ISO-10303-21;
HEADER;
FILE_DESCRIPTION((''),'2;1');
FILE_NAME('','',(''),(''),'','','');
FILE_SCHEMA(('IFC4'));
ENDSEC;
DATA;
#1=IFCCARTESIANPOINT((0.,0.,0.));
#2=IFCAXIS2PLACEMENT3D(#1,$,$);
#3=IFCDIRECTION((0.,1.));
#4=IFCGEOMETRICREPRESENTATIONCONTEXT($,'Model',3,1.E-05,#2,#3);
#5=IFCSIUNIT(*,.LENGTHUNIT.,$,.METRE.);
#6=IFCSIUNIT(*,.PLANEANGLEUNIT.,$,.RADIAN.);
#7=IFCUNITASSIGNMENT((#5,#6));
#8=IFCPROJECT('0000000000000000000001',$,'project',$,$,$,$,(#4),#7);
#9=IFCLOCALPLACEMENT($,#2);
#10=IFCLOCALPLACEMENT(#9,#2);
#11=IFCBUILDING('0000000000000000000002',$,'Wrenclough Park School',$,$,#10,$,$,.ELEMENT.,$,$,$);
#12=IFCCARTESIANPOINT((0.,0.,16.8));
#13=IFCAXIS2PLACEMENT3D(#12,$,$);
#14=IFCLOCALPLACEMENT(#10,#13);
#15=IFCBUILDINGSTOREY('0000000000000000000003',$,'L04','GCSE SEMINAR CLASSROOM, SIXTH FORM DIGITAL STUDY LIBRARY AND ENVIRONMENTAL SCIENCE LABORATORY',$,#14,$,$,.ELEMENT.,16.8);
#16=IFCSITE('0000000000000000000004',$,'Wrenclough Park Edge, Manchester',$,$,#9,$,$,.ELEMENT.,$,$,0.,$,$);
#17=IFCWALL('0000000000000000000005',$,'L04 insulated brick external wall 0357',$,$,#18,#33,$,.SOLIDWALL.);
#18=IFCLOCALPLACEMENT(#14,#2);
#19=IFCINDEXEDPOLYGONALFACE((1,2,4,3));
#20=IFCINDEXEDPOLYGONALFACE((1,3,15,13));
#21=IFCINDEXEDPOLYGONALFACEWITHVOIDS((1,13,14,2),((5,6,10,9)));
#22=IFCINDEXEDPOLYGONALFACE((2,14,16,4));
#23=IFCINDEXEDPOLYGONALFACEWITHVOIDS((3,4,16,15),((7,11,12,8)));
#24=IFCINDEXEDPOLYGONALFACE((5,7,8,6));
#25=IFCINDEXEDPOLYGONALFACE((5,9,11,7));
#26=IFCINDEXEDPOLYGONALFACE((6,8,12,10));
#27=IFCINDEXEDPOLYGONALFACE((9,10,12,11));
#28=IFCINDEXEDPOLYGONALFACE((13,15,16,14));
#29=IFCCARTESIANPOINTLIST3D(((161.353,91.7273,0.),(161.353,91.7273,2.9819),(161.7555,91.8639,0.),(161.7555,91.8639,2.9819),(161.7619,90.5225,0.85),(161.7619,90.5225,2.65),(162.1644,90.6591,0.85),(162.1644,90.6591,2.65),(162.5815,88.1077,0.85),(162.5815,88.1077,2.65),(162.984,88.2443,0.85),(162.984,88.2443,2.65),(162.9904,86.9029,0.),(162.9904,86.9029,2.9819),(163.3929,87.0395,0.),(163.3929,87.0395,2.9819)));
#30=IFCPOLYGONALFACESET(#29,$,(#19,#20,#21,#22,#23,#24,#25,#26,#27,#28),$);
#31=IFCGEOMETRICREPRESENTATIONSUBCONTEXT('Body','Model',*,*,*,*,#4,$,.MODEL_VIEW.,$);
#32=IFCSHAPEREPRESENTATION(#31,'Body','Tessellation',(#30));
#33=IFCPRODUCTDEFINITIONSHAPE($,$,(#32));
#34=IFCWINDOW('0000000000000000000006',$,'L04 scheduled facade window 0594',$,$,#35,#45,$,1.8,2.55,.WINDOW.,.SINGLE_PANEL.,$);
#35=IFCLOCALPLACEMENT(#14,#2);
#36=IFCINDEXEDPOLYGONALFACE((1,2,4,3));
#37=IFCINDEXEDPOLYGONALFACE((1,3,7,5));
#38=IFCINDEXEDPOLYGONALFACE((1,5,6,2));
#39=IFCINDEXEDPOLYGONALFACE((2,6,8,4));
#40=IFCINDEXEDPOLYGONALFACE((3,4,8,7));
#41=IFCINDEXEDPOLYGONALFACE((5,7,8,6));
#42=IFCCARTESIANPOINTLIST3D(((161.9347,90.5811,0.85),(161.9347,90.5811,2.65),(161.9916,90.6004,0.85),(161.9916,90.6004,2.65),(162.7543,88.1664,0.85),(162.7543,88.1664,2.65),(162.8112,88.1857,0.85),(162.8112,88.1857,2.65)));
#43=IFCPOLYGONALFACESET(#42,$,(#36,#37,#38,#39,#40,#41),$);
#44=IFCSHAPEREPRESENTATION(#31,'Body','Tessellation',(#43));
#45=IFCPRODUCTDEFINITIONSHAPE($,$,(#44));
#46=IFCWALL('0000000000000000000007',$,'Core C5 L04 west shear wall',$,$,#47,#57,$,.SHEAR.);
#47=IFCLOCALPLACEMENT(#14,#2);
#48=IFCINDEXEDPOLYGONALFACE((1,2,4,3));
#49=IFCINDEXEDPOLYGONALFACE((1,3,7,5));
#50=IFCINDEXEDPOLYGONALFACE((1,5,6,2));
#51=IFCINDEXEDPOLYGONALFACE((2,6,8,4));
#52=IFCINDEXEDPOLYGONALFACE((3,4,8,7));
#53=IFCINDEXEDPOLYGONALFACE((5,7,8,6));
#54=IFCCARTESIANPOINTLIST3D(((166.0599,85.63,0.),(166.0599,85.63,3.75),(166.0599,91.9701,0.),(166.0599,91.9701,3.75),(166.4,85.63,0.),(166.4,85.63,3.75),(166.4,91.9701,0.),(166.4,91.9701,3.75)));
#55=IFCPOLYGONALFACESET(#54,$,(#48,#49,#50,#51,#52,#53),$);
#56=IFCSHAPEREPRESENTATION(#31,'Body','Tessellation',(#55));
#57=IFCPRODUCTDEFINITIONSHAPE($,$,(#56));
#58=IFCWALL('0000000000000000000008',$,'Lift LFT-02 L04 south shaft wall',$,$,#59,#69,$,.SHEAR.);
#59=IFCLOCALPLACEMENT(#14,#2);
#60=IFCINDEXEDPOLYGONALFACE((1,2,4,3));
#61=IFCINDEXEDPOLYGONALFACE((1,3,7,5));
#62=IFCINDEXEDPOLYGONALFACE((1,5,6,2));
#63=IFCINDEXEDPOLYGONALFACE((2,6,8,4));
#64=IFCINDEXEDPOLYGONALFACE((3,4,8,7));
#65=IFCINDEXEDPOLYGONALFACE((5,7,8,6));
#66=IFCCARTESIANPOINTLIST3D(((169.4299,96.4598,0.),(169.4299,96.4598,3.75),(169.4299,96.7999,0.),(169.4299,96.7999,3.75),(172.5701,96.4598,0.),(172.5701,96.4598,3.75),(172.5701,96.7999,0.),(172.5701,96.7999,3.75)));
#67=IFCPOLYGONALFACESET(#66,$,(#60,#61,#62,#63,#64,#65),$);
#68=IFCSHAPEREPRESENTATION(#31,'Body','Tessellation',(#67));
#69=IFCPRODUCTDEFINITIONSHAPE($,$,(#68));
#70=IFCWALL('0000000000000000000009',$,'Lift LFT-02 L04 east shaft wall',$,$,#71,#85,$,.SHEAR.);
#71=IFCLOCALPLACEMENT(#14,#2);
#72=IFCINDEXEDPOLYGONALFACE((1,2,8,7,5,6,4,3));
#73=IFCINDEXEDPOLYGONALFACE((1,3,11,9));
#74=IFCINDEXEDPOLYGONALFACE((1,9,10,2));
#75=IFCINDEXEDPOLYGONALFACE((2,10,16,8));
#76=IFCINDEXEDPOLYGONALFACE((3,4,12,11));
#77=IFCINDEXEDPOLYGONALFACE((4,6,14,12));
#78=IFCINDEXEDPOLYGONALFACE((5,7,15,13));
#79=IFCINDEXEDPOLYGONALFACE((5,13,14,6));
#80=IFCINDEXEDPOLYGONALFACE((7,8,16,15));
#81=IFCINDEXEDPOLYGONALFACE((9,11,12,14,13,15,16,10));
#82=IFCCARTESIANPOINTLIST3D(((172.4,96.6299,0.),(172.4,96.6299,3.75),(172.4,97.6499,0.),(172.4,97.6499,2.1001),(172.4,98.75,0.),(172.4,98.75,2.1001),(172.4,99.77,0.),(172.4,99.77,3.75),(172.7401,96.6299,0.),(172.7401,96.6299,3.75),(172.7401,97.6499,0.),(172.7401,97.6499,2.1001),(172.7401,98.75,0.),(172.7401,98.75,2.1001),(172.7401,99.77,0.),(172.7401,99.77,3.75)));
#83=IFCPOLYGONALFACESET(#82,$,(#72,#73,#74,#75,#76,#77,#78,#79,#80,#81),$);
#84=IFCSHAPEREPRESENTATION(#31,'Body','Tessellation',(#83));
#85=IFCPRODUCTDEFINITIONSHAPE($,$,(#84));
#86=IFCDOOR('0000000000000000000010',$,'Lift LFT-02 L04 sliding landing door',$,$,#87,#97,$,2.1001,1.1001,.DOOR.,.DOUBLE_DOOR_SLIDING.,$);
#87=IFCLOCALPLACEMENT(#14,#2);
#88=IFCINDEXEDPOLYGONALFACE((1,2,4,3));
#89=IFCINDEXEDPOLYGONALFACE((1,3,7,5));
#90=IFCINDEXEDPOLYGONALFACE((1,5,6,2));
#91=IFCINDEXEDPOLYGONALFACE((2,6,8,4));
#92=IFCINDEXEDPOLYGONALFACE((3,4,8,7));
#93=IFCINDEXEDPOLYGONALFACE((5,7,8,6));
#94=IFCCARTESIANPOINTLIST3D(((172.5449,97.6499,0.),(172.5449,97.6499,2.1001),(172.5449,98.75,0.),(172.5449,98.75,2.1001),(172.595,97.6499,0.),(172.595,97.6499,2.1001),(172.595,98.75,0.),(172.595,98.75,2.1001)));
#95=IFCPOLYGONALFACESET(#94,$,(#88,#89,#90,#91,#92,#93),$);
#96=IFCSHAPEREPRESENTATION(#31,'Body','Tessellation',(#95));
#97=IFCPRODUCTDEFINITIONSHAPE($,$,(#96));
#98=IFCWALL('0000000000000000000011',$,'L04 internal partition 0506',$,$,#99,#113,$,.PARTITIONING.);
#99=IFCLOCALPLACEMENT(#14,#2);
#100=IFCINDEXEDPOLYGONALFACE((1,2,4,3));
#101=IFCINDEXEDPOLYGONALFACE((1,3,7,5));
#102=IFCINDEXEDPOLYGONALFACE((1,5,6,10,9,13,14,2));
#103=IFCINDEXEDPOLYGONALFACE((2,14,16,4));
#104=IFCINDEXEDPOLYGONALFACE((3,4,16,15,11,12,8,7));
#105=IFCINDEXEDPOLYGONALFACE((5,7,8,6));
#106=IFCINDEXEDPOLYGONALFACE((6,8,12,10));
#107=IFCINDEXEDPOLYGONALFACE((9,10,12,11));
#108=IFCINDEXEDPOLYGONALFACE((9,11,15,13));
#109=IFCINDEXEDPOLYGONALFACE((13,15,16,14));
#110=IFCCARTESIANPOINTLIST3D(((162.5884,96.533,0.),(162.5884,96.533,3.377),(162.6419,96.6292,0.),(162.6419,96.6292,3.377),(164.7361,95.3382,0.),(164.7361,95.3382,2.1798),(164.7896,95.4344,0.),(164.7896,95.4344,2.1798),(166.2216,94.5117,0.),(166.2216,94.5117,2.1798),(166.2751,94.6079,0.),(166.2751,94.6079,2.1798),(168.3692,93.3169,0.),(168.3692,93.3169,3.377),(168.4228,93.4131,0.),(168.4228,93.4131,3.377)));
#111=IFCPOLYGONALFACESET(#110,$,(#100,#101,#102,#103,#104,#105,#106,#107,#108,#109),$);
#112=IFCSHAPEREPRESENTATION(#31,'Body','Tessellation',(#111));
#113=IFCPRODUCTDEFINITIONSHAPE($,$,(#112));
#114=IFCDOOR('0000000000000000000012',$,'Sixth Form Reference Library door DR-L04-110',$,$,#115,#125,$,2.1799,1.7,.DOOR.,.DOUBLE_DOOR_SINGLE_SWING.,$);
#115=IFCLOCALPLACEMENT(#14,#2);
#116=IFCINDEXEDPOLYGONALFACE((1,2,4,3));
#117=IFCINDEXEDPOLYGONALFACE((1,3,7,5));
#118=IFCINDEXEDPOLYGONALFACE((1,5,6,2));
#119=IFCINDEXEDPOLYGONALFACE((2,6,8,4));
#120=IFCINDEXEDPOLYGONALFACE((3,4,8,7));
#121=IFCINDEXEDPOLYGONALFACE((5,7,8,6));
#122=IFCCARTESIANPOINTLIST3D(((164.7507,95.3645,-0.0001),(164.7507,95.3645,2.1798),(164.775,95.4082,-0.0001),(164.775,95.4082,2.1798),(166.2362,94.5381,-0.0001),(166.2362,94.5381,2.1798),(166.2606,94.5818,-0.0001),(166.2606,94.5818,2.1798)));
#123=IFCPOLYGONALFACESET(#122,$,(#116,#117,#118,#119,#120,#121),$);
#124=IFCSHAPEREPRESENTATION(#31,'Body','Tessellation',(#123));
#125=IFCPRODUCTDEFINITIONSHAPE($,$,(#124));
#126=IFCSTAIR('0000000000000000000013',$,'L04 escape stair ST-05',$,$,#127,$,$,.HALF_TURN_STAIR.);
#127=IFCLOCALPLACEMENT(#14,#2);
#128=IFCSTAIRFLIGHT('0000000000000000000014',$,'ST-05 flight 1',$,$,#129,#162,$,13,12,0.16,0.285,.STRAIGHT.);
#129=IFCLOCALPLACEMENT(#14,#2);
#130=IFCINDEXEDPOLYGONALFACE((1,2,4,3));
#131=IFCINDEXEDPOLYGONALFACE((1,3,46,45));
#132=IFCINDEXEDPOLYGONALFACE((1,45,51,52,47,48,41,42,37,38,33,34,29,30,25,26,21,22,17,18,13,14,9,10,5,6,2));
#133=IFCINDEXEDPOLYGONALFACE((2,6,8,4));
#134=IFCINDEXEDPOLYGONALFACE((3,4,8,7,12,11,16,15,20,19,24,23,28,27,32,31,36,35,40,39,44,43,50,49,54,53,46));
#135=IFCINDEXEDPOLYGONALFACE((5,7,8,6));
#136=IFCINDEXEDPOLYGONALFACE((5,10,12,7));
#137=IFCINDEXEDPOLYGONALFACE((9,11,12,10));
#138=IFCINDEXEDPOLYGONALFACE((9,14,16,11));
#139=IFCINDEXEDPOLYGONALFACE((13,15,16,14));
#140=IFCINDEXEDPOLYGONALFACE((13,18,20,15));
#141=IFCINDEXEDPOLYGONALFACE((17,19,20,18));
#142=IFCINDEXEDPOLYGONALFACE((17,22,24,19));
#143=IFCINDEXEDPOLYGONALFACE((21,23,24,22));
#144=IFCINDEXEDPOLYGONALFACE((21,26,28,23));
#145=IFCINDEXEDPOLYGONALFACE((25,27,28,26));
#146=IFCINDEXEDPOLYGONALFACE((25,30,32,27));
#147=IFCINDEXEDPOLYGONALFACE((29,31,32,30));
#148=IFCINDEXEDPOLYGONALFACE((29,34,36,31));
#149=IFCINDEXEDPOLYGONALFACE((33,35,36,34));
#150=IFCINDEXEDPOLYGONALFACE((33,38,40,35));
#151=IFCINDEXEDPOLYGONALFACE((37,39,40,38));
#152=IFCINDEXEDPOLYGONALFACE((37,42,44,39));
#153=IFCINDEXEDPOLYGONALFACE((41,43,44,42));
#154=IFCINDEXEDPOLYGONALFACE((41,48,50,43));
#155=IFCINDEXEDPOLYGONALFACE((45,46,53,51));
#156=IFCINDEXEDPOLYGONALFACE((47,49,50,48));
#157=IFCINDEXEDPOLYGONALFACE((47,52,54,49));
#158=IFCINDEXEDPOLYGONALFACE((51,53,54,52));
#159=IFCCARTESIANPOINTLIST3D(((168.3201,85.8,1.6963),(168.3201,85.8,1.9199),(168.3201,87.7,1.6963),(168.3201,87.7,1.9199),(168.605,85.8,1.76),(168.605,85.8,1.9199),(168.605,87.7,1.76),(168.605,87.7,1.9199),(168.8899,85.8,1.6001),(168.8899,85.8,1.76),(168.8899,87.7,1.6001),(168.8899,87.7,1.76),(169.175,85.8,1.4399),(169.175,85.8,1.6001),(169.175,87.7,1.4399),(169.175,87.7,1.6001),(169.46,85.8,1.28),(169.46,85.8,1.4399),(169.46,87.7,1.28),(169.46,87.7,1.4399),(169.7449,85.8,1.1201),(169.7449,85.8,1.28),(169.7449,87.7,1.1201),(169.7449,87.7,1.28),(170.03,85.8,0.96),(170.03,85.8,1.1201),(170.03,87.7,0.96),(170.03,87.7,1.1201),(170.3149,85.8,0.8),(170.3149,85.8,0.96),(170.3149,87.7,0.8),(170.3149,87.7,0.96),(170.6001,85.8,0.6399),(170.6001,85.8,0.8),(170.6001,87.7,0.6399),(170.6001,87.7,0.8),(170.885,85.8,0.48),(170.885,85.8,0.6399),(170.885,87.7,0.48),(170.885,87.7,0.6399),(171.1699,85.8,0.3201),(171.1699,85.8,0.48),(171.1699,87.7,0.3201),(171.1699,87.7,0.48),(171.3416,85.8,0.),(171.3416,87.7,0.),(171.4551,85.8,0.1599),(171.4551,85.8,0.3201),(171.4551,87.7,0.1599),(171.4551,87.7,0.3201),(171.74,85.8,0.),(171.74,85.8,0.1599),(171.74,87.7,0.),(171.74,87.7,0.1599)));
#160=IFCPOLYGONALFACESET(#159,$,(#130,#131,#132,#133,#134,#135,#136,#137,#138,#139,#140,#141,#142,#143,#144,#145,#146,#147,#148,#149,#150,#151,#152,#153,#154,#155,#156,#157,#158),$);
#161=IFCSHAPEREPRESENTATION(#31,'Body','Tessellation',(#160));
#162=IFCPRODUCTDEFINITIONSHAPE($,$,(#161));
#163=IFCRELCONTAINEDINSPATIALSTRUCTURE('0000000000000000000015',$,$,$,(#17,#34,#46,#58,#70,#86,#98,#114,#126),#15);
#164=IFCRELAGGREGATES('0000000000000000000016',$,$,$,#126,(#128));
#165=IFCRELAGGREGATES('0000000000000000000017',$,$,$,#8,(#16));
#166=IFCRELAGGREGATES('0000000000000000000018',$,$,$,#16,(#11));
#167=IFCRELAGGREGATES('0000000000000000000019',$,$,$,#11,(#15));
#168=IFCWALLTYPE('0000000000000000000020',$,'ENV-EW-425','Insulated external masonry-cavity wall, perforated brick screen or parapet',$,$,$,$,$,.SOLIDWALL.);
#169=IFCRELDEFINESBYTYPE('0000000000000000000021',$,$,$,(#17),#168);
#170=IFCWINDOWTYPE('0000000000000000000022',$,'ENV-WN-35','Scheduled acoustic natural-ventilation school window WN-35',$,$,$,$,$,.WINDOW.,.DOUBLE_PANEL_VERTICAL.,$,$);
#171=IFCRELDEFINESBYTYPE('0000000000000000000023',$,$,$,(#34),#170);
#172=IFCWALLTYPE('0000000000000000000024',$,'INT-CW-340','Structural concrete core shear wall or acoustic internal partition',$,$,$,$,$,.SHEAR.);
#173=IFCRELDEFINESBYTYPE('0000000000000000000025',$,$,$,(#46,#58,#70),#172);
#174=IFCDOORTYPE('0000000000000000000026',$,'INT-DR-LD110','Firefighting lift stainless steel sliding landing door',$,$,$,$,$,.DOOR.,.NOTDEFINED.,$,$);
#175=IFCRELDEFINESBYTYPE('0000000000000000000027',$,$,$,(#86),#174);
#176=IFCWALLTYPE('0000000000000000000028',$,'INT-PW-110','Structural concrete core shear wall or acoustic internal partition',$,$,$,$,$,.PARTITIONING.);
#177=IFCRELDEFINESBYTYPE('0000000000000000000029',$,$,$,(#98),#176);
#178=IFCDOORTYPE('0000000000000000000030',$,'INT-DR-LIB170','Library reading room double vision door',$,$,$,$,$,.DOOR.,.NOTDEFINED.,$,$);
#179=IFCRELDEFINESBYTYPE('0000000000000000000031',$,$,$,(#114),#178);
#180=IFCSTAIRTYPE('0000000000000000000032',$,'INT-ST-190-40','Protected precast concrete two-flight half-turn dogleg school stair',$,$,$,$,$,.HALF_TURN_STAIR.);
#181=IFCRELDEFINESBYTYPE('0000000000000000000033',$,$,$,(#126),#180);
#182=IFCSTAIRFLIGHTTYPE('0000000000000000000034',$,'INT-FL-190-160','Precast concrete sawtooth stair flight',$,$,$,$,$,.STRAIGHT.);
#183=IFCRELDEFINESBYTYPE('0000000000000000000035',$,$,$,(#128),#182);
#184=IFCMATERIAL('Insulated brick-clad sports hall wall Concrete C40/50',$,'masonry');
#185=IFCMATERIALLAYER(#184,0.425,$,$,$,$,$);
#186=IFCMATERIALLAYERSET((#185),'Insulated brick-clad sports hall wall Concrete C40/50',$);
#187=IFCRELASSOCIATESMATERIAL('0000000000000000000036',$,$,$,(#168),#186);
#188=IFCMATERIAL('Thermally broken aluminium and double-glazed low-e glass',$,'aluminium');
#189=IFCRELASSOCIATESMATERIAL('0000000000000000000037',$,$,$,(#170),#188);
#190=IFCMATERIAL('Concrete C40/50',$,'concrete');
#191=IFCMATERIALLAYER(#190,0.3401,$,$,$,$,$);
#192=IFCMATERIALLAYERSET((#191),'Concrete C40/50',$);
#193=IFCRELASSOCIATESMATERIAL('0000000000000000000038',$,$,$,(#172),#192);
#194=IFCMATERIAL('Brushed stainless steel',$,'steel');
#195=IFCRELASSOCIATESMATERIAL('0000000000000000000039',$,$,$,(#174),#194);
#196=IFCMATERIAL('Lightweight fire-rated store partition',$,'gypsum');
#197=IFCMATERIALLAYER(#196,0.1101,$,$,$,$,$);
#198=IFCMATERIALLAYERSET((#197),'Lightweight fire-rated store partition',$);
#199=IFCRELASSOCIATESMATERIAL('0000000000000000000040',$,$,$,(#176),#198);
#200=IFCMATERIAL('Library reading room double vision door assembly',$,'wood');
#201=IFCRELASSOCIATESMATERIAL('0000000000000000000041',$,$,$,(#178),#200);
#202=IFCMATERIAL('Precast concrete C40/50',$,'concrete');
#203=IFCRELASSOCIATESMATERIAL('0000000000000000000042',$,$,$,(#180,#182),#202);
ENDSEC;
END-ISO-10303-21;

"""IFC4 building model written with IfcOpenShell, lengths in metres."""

from ifc_helpers import new_model, si_unit, direction, frame, frame_2d, origin, place, context, subcontext, project, spatial, polyline, rectangle, outline, extrude, material, layer, layer_set, type_object, element, fill, aggregate, save


model = new_model("IFC4")

# Units and contexts
model_context = context("Model", 3, precision=1e-05, world=origin(), true_north=direction((0.0, 1.0)))
body_context = subcontext(model_context, "Body", "Model", "MODEL_VIEW")
ifc_project = project(units=[si_unit("LENGTHUNIT", "METRE"), si_unit("PLANEANGLEUNIT", "RADIAN")], contexts=[model_context])

# Site, building, storey
site_placement = place(None, origin())
site = spatial("IfcSite", under=ifc_project, at=site_placement, Name="Wrenclough Park Edge, Manchester", CompositionType="ELEMENT", RefElevation=0.0)
building_placement = place(site_placement, origin())
building = spatial("IfcBuilding", under=site, at=building_placement, Name="Wrenclough Park School", CompositionType="ELEMENT")
storey_placement = place(building_placement, frame((0.0, 0.0, 16.8)))
storey = spatial("IfcBuildingStorey", under=building, at=storey_placement, Name="L04", Description="GCSE SEMINAR CLASSROOM, SIXTH FORM DIGITAL STUDY LIBRARY AND ENVIRONMENTAL SCIENCE LABORATORY", CompositionType="ELEMENT", Elevation=16.8)

# Shared definitions
ifc_material_1 = material(Name="Concrete C40/50", Category="concrete")

# Wall, opening, window
ifc_material_2 = material(Name="Thermally broken aluminium and double-glazed low-e glass", Category="aluminium")
ifc_material_3 = material(Name="Insulated brick-clad sports hall wall Concrete C40/50", Category="masonry")
ifc_layer_1 = layer(ifc_material_3, 0.425)
ifc_layer_set_1 = layer_set([ifc_layer_1], Name="Insulated brick-clad sports hall wall Concrete C40/50")
wall_type_1 = type_object("IfcWallType", Name="ENV-EW-425", Description="Insulated external masonry-cavity wall, perforated brick screen or parapet", PredefinedType="SOLIDWALL", material=ifc_layer_set_1)
wall_1_placement = place(storey_placement, frame((163.1917, 86.9712, 0.0), z_axis=(0.0, 0.0, 1.0), x_axis=(-0.321398, 0.946944, 0.0)))
wall_1 = element("IfcWall", 1, at=wall_1_placement, inside=storey, type_object=wall_type_1, Name="L04 insulated brick external wall 0357", PredefinedType="SOLIDWALL", context=body_context, shape_type="SweptSolid", body=[
    extrude(rectangle(XDim=5.0947, YDim=0.425, at=frame_2d((2.5474, 0.0))), origin(), (0.0, 0.0, 1.0), 2.9819),
])
opening_1_placement = place(wall_1_placement, frame((1.2725, 0.0, 0.8501)))
opening_1 = element("IfcOpeningElement", 2, at=opening_1_placement, cuts=wall_1, PredefinedType="OPENING", context=body_context, shape_type="SweptSolid", body=[
    extrude(rectangle(XDim=2.55, YDim=1.8, at=frame_2d((1.2749, 0.8999))), frame((0.0, 0.2224, 0.0), z_axis=(0.0, -1.0, 0.0), x_axis=(1.0, 0.0, 0.0)), (0.0, 0.0, 1.0), 0.4451),
])
window_type_1 = type_object("IfcWindowType", Name="ENV-WN-35", Description="Scheduled acoustic natural-ventilation school window WN-35", PartitioningType="DOUBLE_PANEL_VERTICAL", PredefinedType="WINDOW", material=ifc_material_2)
window_1_placement = place(opening_1_placement, origin())
window_1 = element("IfcWindow", 3, at=window_1_placement, inside=storey, type_object=window_type_1, Name="L04 scheduled facade window 0594", OverallHeight=1.8, OverallWidth=2.55, PartitioningType="SINGLE_PANEL", PredefinedType="WINDOW", context=body_context, shape_type="SweptSolid", body=[
    extrude(rectangle(XDim=2.55, YDim=1.8, at=frame_2d((1.2749, 0.8999))), frame((0.0, 0.03, 0.0), z_axis=(0.0, -1.0, 0.0), x_axis=(1.0, 0.0, 0.0)), (0.0, 0.0, 1.0), 0.0601),
])
fill(opening_1, window_1)

# Walls
ifc_layer_2 = layer(ifc_material_1, 0.3401)
ifc_layer_set_2 = layer_set([ifc_layer_2], Name="Concrete C40/50")
wall_type_2 = type_object("IfcWallType", Name="INT-CW-340", Description="Structural concrete core shear wall or acoustic internal partition", PredefinedType="SHEAR", material=ifc_layer_set_2)
wall_2_placement = place(storey_placement, frame((166.23, 91.97, 0.0), z_axis=(0.0, 0.0, 1.0), x_axis=(0.0, -1.0, 0.0)))
element("IfcWall", 4, at=wall_2_placement, inside=storey, type_object=wall_type_2, Name="Core C5 L04 west shear wall", PredefinedType="SHEAR", context=body_context, shape_type="SweptSolid", body=[
    extrude(rectangle(XDim=6.3401, YDim=0.3401, at=frame_2d((3.1699, 0.0))), origin(), (0.0, 0.0, 1.0), 3.75),
])
wall_3_placement = place(storey_placement, frame((169.4299, 96.6299, 0.0), z_axis=(0.0, 0.0, 1.0), x_axis=(1.0, 0.0, 0.0)))
element("IfcWall", 5, at=wall_3_placement, inside=storey, type_object=wall_type_2, Name="Lift LFT-02 L04 south shaft wall", PredefinedType="SHEAR", context=body_context, shape_type="SweptSolid", body=[
    extrude(rectangle(XDim=3.1401, YDim=0.3401, at=frame_2d((1.5701, 0.0))), origin(), (0.0, 0.0, 1.0), 3.75),
])

# Walls, openings, doors
wall_4_placement = place(storey_placement, frame((172.5701, 96.6299, 0.0), z_axis=(0.0, 0.0, 1.0), x_axis=(0.0, 1.0, 0.0)))
wall_4 = element("IfcWall", 6, at=wall_4_placement, inside=storey, type_object=wall_type_2, Name="Lift LFT-02 L04 east shaft wall", PredefinedType="SHEAR", context=body_context, shape_type="SweptSolid", body=[
    extrude(rectangle(XDim=3.1401, YDim=0.3401, at=frame_2d((1.5701, 0.0))), origin(), (0.0, 0.0, 1.0), 3.75),
])
opening_2_placement = place(wall_4_placement, frame((1.02, 0.0, 0.0)))
opening_2 = element("IfcOpeningElement", 7, at=opening_2_placement, cuts=wall_4, PredefinedType="OPENING", context=body_context, shape_type="SweptSolid", body=[
    extrude(rectangle(XDim=1.1001, YDim=2.1001, at=frame_2d((0.55, 1.05))), frame((0.0, 0.1799, 0.0), z_axis=(0.0, -1.0, 0.0), x_axis=(1.0, 0.0, 0.0)), (0.0, 0.0, 1.0), 0.3601),
])
ifc_material_4 = material(Name="Brushed stainless steel", Category="steel")
door_type_1 = type_object("IfcDoorType", Name="INT-DR-LD110", Description="Firefighting lift stainless steel sliding landing door", OperationType="NOTDEFINED", PredefinedType="DOOR", material=ifc_material_4)
door_1_placement = place(opening_2_placement, frame((1.1001, 0.0, 0.0), z_axis=(0.0, 0.0, 1.0), x_axis=(-1.0, 0.0, 0.0)))
door_1 = element("IfcDoor", 8, at=door_1_placement, inside=storey, type_object=door_type_1, Name="Lift LFT-02 L04 sliding landing door", OperationType="DOUBLE_DOOR_SLIDING", OverallHeight=2.1001, OverallWidth=1.1001, PredefinedType="DOOR", context=body_context, shape_type="SweptSolid", body=[
    extrude(rectangle(XDim=1.1001, YDim=2.1001, at=frame_2d((0.55, 1.05))), frame((0.0, 0.0249, 0.0), z_axis=(0.0, -1.0, 0.0), x_axis=(1.0, 0.0, 0.0)), (0.0, 0.0, 1.0), 0.05),
])
fill(opening_2, door_1)
ifc_material_5 = material(Name="Lightweight fire-rated store partition", Category="gypsum")
ifc_layer_3 = layer(ifc_material_5, 0.1101)
ifc_layer_set_3 = layer_set([ifc_layer_3], Name="Lightweight fire-rated store partition")
wall_type_3 = type_object("IfcWallType", Name="INT-PW-110", Description="Structural concrete core shear wall or acoustic internal partition", PredefinedType="PARTITIONING", material=ifc_layer_set_3)
wall_5_placement = place(storey_placement, frame((168.396, 93.365, 0.0), z_axis=(0.0, 0.0, 1.0), x_axis=(-0.873866, 0.486166, 0.0)))
wall_5 = element("IfcWall", 9, at=wall_5_placement, inside=storey, type_object=wall_type_3, Name="L04 internal partition 0506", PredefinedType="PARTITIONING", context=body_context, shape_type="SweptSolid", body=[
    extrude(rectangle(XDim=6.6152, YDim=0.1101, at=frame_2d((3.3076, 0.0))), origin(), (0.0, 0.0, 1.0), 3.377),
])
opening_3_placement = place(wall_5_placement, frame((2.4575, 0.0, 0.0)))
opening_3 = element("IfcOpeningElement", 10, at=opening_3_placement, cuts=wall_5, PredefinedType="OPENING", context=body_context, shape_type="SweptSolid", body=[
    extrude(rectangle(XDim=1.7, YDim=2.1799, at=frame_2d((0.8501, 1.0898))), frame((0.0, 0.0649, 0.0), z_axis=(0.0, -1.0, 0.0), x_axis=(1.0, 0.0, 0.0)), (0.0, 0.0, 1.0), 0.1301),
])
ifc_material_6 = material(Name="Library reading room double vision door assembly", Category="wood")
door_type_2 = type_object("IfcDoorType", Name="INT-DR-LIB170", Description="Library reading room double vision door", OperationType="NOTDEFINED", PredefinedType="DOOR", material=ifc_material_6)
door_2_placement = place(opening_3_placement, origin())
door_2 = element("IfcDoor", 11, at=door_2_placement, inside=storey, type_object=door_type_2, Name="Sixth Form Reference Library door DR-L04-110", OperationType="DOUBLE_DOOR_SINGLE_SWING", OverallHeight=2.1799, OverallWidth=1.7, PredefinedType="DOOR", context=body_context, shape_type="SweptSolid", body=[
    extrude(rectangle(XDim=1.7, YDim=2.1799, at=frame_2d((0.8501, 1.0898))), frame((0.0, 0.0249, 0.0), z_axis=(0.0, -1.0, 0.0), x_axis=(1.0, 0.0, 0.0)), (0.0, 0.0, 1.0), 0.05),
])
fill(opening_3, door_2)

# Stair, stair flight
ifc_material_7 = material(Name="Precast concrete C40/50", Category="concrete")
stair_type = type_object("IfcStairType", Name="INT-ST-190-40", Description="Protected precast concrete two-flight half-turn dogleg school stair", PredefinedType="HALF_TURN_STAIR", material=ifc_material_7)
stair_placement = place(storey_placement, origin())
stair = element("IfcStair", 12, at=stair_placement, inside=storey, type_object=stair_type, Name="L04 escape stair ST-05", PredefinedType="HALF_TURN_STAIR")
stair_flight_type = type_object("IfcStairFlightType", Name="INT-FL-190-160", Description="Precast concrete sawtooth stair flight", PredefinedType="STRAIGHT", material=ifc_material_7)
stair_flight_1_placement = place(storey_placement, frame((171.74, 86.75, 0.0), z_axis=(0.0, 0.0, 1.0), x_axis=(-1.0, 0.0, 0.0)))
stair_flight_1 = element("IfcStairFlight", 13, at=stair_flight_1_placement, type_object=stair_flight_type, Name="ST-05 flight 1", NumberOfRisers=13, NumberOfTreads=12, PredefinedType="STRAIGHT", RiserHeight=0.16, TreadLength=0.285, context=body_context, shape_type="SweptSolid", body=[
    extrude(outline(polyline([(0.0, 0.0), (0.0, 0.1599), (0.2849, 0.1599), (0.2849, 0.3201), (0.5701, 0.3201), (0.5701, 0.48), (0.855, 0.48), (0.855, 0.6399), (1.1399, 0.6399), (1.1399, 0.8), (1.425, 0.8), (1.425, 0.96), (1.71, 0.96), (1.71, 1.1201), (1.9951, 1.1201), (1.9951, 1.28), (2.28, 1.28), (2.28, 1.4399), (2.5649, 1.4399), (2.5649, 1.6001), (2.8501, 1.6001), (2.8501, 1.76), (3.135, 1.76), (3.135, 1.9199), (3.4199, 1.9199), (3.4199, 2.0801), (3.4199, 1.6963), (0.3984, 0.0), (0.0, 0.0)])), frame((0.0, 0.95, 0.0), z_axis=(0.0, -1.0, 0.0), x_axis=(1.0, 0.0, 0.0)), (0.0, 0.0, 1.0), 1.8999),
])
aggregate(stair, [stair_flight_1])

save(model, "model.ifc")
